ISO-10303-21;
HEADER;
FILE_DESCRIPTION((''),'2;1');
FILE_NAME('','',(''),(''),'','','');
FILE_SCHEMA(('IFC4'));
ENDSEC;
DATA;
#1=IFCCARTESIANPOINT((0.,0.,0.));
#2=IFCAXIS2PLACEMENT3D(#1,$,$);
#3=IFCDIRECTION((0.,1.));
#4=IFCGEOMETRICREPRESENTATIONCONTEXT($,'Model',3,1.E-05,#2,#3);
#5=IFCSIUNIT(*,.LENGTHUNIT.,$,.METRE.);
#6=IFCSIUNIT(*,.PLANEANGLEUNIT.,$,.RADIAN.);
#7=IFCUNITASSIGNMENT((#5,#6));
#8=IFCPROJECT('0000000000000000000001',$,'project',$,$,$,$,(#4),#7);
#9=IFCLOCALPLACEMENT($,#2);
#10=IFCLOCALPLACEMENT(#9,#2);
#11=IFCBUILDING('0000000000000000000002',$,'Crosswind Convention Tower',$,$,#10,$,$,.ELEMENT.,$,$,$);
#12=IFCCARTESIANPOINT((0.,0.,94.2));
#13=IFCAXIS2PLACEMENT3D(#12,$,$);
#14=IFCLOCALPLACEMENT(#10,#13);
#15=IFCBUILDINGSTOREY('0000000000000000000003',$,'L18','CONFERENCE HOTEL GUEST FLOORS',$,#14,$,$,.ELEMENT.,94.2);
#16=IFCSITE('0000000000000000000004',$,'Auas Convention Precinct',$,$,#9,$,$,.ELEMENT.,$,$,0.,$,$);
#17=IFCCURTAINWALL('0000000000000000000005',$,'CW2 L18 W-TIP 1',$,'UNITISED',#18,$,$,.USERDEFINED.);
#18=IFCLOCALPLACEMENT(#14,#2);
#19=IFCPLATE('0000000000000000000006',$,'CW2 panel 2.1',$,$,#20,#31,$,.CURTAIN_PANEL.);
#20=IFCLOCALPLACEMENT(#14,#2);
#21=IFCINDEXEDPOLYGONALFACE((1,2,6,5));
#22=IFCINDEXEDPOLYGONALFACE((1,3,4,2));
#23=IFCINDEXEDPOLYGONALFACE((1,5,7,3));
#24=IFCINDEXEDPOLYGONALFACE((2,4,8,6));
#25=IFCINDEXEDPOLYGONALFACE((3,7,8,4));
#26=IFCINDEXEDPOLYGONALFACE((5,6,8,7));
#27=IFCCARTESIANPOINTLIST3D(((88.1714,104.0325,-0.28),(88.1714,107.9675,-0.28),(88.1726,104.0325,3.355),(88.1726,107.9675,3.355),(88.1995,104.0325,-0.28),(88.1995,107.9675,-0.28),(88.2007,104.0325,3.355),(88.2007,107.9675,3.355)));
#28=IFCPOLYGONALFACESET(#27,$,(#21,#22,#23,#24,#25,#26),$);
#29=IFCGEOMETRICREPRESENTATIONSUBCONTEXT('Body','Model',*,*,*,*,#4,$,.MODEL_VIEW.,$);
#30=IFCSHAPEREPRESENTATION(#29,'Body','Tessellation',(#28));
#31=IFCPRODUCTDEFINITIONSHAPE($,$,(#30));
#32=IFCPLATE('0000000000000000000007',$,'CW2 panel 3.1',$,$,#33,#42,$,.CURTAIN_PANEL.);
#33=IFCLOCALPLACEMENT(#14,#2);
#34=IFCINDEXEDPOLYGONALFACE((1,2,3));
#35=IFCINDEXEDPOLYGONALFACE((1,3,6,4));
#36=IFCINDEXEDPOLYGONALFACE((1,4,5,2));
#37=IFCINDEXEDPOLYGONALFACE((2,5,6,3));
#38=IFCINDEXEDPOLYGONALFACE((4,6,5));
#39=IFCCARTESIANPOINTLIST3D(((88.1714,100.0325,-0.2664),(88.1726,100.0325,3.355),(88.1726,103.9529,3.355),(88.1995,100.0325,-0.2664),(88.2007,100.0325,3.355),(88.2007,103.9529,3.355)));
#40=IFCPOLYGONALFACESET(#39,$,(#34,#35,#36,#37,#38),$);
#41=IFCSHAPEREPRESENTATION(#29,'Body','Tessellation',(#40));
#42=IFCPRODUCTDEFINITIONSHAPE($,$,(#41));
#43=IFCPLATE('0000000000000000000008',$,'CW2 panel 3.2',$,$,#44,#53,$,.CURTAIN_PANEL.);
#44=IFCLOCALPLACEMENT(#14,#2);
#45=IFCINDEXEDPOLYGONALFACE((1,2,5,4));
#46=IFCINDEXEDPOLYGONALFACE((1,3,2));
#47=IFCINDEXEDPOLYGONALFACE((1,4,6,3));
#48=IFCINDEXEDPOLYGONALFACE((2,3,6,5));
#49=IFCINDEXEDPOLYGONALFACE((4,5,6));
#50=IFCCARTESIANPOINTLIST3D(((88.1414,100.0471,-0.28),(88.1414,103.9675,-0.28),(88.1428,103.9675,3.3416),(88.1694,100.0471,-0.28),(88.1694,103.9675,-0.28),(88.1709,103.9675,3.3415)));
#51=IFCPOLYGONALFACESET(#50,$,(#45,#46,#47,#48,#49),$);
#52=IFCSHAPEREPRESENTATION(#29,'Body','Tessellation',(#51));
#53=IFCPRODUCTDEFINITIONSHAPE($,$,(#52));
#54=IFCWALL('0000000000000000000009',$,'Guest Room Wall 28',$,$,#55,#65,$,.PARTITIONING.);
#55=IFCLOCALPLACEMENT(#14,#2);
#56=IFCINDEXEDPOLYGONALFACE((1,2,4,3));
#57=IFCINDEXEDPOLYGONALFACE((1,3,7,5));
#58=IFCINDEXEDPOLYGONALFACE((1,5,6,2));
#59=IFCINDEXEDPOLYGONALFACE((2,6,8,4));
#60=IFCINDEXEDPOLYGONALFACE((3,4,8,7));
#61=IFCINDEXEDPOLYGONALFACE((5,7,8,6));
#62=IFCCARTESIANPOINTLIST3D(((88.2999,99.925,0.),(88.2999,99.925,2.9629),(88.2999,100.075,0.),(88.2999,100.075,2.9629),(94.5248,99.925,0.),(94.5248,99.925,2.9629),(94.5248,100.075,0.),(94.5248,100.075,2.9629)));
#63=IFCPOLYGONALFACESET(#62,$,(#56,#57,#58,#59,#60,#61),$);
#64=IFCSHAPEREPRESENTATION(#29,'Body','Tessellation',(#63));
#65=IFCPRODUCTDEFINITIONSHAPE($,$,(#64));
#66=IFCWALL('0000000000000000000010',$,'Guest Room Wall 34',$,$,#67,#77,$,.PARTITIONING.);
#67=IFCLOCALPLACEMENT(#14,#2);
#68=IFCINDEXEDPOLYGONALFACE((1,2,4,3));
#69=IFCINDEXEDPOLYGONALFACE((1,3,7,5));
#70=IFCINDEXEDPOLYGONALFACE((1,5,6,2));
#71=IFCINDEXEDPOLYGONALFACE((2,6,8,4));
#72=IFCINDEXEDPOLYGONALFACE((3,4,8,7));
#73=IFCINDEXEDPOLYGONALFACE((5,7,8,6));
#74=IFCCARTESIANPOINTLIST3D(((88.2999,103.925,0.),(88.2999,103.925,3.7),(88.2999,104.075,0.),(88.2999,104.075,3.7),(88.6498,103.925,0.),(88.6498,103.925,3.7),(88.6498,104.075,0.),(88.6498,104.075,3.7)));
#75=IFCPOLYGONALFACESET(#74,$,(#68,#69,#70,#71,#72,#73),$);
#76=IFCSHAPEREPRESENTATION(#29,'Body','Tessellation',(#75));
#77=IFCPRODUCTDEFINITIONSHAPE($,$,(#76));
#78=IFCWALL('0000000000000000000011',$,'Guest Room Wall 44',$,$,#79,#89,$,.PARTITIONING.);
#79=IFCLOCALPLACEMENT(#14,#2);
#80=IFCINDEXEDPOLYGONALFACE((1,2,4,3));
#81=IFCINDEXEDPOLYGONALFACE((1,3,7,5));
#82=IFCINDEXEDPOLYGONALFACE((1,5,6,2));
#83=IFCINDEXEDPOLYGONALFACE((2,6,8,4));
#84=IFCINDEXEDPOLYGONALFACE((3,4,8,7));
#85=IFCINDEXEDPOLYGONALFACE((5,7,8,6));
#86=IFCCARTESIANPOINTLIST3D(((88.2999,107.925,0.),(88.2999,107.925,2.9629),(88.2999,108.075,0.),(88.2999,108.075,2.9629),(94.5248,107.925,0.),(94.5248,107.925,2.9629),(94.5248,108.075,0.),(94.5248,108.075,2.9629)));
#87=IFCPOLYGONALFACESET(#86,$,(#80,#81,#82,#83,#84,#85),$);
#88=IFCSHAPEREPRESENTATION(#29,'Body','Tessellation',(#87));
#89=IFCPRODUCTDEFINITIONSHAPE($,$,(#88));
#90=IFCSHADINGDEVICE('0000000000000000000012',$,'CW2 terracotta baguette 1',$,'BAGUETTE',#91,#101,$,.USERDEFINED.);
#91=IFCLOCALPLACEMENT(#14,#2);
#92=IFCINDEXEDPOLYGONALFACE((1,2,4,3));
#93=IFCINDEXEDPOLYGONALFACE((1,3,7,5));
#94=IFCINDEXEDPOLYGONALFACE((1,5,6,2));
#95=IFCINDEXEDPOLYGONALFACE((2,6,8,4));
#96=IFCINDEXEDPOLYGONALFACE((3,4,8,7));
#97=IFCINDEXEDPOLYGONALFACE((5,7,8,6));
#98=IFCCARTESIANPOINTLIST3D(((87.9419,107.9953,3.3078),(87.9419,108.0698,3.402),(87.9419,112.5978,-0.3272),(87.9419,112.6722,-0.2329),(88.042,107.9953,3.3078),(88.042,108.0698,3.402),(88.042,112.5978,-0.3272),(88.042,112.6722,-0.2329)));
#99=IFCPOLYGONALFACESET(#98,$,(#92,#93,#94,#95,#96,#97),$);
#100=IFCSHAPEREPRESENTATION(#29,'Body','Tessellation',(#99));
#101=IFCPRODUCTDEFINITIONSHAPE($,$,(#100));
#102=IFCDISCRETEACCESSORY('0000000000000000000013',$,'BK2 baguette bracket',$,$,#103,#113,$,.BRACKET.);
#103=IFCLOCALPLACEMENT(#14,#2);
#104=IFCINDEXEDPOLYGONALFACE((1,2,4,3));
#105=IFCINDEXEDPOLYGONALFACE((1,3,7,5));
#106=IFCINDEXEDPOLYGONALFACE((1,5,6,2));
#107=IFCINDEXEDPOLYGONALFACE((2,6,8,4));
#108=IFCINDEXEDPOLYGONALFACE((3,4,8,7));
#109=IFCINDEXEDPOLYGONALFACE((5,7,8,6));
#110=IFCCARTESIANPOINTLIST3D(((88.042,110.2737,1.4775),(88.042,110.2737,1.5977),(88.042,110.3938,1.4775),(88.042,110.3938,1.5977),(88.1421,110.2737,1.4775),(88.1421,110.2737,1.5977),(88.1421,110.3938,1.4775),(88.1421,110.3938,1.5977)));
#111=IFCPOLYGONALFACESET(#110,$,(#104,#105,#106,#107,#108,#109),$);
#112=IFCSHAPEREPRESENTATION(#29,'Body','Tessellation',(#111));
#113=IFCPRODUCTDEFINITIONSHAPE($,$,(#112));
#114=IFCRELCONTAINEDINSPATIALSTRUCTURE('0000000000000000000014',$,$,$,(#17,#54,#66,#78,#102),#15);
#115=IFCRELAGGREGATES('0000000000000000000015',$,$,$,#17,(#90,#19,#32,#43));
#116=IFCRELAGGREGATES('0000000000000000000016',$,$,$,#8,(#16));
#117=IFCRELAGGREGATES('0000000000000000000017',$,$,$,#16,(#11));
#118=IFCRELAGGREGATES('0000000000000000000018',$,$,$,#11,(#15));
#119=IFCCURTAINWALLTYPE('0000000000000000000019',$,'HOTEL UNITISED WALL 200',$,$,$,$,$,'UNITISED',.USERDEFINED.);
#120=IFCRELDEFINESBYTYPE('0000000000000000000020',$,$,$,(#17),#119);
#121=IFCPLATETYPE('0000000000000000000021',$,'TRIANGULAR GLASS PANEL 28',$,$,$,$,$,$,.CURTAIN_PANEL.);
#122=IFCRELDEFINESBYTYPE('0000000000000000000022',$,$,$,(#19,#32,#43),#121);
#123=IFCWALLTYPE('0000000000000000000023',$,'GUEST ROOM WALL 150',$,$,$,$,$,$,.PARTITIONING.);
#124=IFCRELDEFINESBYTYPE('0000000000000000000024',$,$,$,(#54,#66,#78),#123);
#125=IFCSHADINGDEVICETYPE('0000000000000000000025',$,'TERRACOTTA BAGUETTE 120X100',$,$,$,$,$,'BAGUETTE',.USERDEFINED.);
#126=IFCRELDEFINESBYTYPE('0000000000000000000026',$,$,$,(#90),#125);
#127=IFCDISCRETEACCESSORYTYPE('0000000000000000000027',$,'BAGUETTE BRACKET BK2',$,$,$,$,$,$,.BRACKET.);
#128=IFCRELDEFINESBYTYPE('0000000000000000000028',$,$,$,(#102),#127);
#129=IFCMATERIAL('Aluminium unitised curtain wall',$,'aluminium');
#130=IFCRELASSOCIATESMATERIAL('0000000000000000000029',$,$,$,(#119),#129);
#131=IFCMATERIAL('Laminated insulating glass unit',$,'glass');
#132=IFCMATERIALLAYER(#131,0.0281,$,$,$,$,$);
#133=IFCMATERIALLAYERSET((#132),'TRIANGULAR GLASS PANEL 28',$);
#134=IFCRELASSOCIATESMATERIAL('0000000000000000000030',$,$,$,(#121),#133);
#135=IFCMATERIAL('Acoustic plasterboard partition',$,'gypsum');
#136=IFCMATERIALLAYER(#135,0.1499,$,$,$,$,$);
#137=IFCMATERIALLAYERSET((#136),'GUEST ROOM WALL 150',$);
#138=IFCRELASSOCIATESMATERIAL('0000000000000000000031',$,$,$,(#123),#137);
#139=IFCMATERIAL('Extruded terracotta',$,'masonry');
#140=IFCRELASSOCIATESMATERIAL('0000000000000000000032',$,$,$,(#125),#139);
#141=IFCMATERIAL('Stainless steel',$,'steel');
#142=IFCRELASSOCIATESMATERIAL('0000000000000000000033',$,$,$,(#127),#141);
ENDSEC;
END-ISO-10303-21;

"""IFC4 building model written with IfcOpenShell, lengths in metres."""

from ifc_helpers import new_model, si_unit, direction, frame, frame_2d, origin, origin_2d, place, context, subcontext, project, spatial, polyline, rectangle, outline, extrude, material, layer, layer_set, material_profile, profile_set, type_object, element, aggregate, save


model = new_model("IFC4")

# Units and contexts
model_context = context("Model", 3, precision=1e-05, world=origin(), true_north=direction((0.0, 1.0)))
body_context = subcontext(model_context, "Body", "Model", "MODEL_VIEW")
ifc_project = project(units=[si_unit("LENGTHUNIT", "METRE"), si_unit("PLANEANGLEUNIT", "RADIAN")], contexts=[model_context])

# Site, building, storey
site_placement = place(None, origin())
site = spatial("IfcSite", under=ifc_project, at=site_placement, Name="Auas Convention Precinct", CompositionType="ELEMENT", RefElevation=0.0)
building_placement = place(site_placement, origin())
building = spatial("IfcBuilding", under=site, at=building_placement, Name="Crosswind Convention Tower", CompositionType="ELEMENT")
storey_placement = place(building_placement, frame((0.0, 0.0, 94.2)))
storey = spatial("IfcBuildingStorey", under=building, at=storey_placement, Name="L18", Description="CONFERENCE HOTEL GUEST FLOORS", CompositionType="ELEMENT", Elevation=94.2)

# Curtain wall
ifc_material_1 = material(Name="Aluminium unitised curtain wall", Category="aluminium")
curtain_wall_type = type_object("IfcCurtainWallType", Name="HOTEL UNITISED WALL 200", ElementType="UNITISED", PredefinedType="USERDEFINED", material=ifc_material_1)
curtain_wall_placement = place(storey_placement, origin())
curtain_wall = element("IfcCurtainWall", 1, at=curtain_wall_placement, inside=storey, type_object=curtain_wall_type, Name="CW2 L18 W-TIP 1", ObjectType="UNITISED", PredefinedType="USERDEFINED")

# Plates
ifc_material_2 = material(Name="Laminated insulating glass unit", Category="glass")
ifc_layer_1 = layer(ifc_material_2, 0.0281)
ifc_layer_set_1 = layer_set([ifc_layer_1], Name="TRIANGULAR GLASS PANEL 28")
plate_type = type_object("IfcPlateType", Name="TRIANGULAR GLASS PANEL 28", PredefinedType="CURTAIN_PANEL", material=ifc_layer_set_1)
plate_1_placement = place(storey_placement, frame((88.1714, 107.9675, -0.28), z_axis=(-1.0, 0.0, 0.000336), x_axis=(0.0, -1.0, 0.0)))
plate_1 = element("IfcPlate", 2, at=plate_1_placement, type_object=plate_type, Name="CW2 panel 2.1", PredefinedType="CURTAIN_PANEL", context=body_context, shape_type="SweptSolid", body=[
    extrude(outline(polyline([(0.0, 0.0), (3.9351, 0.0), (3.9351, 3.635), (0.0, 3.635), (0.0, 0.0)])), origin(), (0.0, 0.0, -1.0), 0.0281),
])
plate_2_placement = place(storey_placement, frame((88.1726, 100.0325, 3.355), z_axis=(-1.0, 0.0, 0.000337), x_axis=(0.0, 1.0, 0.0)))
plate_2 = element("IfcPlate", 3, at=plate_2_placement, type_object=plate_type, Name="CW2 panel 3.1", PredefinedType="CURTAIN_PANEL", context=body_context, shape_type="SweptSolid", body=[
    extrude(outline(polyline([(0.0, 0.0), (3.9204, 0.0), (0.0, 3.6213), (0.0, 0.0)])), origin(), (0.0, 0.0, -1.0), 0.0281),
])
plate_3_placement = place(storey_placement, frame((88.1414, 103.9675, -0.28), z_axis=(-1.0, 0.0, 0.000404), x_axis=(0.0, -1.0, 0.0)))
plate_3 = element("IfcPlate", 4, at=plate_3_placement, type_object=plate_type, Name="CW2 panel 3.2", PredefinedType="CURTAIN_PANEL", context=body_context, shape_type="SweptSolid", body=[
    extrude(outline(polyline([(0.0, 0.0), (3.9204, 0.0), (0.0, 3.6216), (0.0, 0.0)])), origin(), (0.0, 0.0, -1.0), 0.0281),
])

# Walls
ifc_material_3 = material(Name="Acoustic plasterboard partition", Category="gypsum")
ifc_layer_2 = layer(ifc_material_3, 0.1499)
ifc_layer_set_2 = layer_set([ifc_layer_2], Name="GUEST ROOM WALL 150")
wall_type = type_object("IfcWallType", Name="GUEST ROOM WALL 150", PredefinedType="PARTITIONING", material=ifc_layer_set_2)
wall_1_placement = place(storey_placement, frame((88.3, 100.0, 0.0), z_axis=(0.0, 0.0, 1.0), x_axis=(1.0, 0.0, 0.0)))
element("IfcWall", 5, at=wall_1_placement, inside=storey, type_object=wall_type, Name="Guest Room Wall 28", PredefinedType="PARTITIONING", context=body_context, shape_type="SweptSolid", body=[
    extrude(rectangle(XDim=6.2249, YDim=0.1499, at=frame_2d((3.1123, 0.0))), origin(), (0.0, 0.0, 1.0), 2.9629),
])
wall_2_placement = place(storey_placement, frame((88.3, 104.0, 0.0), z_axis=(0.0, 0.0, 1.0), x_axis=(1.0, 0.0, 0.0)))
element("IfcWall", 6, at=wall_2_placement, inside=storey, type_object=wall_type, Name="Guest Room Wall 34", PredefinedType="PARTITIONING", context=body_context, shape_type="SweptSolid", body=[
    extrude(rectangle(XDim=0.3499, YDim=0.1499, at=frame_2d((0.1748, 0.0))), origin(), (0.0, 0.0, 1.0), 3.7),
])
wall_3_placement = place(storey_placement, frame((88.3, 108.0, 0.0), z_axis=(0.0, 0.0, 1.0), x_axis=(1.0, 0.0, 0.0)))
element("IfcWall", 7, at=wall_3_placement, inside=storey, type_object=wall_type, Name="Guest Room Wall 44", PredefinedType="PARTITIONING", context=body_context, shape_type="SweptSolid", body=[
    extrude(rectangle(XDim=6.2249, YDim=0.1499, at=frame_2d((3.1123, 0.0))), origin(), (0.0, 0.0, 1.0), 2.9629),
])

# Shading device
ifc_material_4 = material(Name="Extruded terracotta", Category="masonry")
ifc_material_profile_1 = material_profile(ifc_material_4, rectangle(XDim=0.1001, YDim=0.1201, at=origin_2d()), Name="TC 100X120")
ifc_profile_set_1 = profile_set([ifc_material_profile_1], Name="Extruded terracotta")
shading_device_type = type_object("IfcShadingDeviceType", Name="TERRACOTTA BAGUETTE 120X100", ElementType="BAGUETTE", PredefinedType="USERDEFINED", material=ifc_profile_set_1)
shading_device_placement = place(storey_placement, frame((87.9919, 112.635, -0.28), z_axis=(0.0, -0.784764, 0.619794), x_axis=(1.0, 0.0, 0.0)))
shading_device = element("IfcShadingDevice", 8, at=shading_device_placement, type_object=shading_device_type, Name="CW2 terracotta baguette 1", ObjectType="BAGUETTE", PredefinedType="USERDEFINED", context=body_context, shape_type="SweptSolid", body=[
    extrude(rectangle(XDim=0.1001, YDim=0.1201, at=origin_2d()), origin(), (0.0, 0.0, 1.0), 5.8647),
])
aggregate(curtain_wall, [shading_device, plate_1, plate_2, plate_3])

# Discrete accessory
ifc_material_5 = material(Name="Stainless steel", Category="steel")
discrete_accessory_type = type_object("IfcDiscreteAccessoryType", Name="BAGUETTE BRACKET BK2", PredefinedType="BRACKET", material=ifc_material_5)
discrete_accessory_placement = place(storey_placement, frame((88.092, 110.3337, 1.4775), z_axis=(0.0, 0.0, 1.0), x_axis=(0.0, -1.0, 0.0)))
element("IfcDiscreteAccessory", 9, at=discrete_accessory_placement, inside=storey, type_object=discrete_accessory_type, Name="BK2 baguette bracket", PredefinedType="BRACKET", context=body_context, shape_type="SweptSolid", body=[
    extrude(rectangle(XDim=0.1201, YDim=0.1001, at=origin_2d()), origin(), (0.0, 0.0, 1.0), 0.1201),
])

save(model, "model.ifc")
